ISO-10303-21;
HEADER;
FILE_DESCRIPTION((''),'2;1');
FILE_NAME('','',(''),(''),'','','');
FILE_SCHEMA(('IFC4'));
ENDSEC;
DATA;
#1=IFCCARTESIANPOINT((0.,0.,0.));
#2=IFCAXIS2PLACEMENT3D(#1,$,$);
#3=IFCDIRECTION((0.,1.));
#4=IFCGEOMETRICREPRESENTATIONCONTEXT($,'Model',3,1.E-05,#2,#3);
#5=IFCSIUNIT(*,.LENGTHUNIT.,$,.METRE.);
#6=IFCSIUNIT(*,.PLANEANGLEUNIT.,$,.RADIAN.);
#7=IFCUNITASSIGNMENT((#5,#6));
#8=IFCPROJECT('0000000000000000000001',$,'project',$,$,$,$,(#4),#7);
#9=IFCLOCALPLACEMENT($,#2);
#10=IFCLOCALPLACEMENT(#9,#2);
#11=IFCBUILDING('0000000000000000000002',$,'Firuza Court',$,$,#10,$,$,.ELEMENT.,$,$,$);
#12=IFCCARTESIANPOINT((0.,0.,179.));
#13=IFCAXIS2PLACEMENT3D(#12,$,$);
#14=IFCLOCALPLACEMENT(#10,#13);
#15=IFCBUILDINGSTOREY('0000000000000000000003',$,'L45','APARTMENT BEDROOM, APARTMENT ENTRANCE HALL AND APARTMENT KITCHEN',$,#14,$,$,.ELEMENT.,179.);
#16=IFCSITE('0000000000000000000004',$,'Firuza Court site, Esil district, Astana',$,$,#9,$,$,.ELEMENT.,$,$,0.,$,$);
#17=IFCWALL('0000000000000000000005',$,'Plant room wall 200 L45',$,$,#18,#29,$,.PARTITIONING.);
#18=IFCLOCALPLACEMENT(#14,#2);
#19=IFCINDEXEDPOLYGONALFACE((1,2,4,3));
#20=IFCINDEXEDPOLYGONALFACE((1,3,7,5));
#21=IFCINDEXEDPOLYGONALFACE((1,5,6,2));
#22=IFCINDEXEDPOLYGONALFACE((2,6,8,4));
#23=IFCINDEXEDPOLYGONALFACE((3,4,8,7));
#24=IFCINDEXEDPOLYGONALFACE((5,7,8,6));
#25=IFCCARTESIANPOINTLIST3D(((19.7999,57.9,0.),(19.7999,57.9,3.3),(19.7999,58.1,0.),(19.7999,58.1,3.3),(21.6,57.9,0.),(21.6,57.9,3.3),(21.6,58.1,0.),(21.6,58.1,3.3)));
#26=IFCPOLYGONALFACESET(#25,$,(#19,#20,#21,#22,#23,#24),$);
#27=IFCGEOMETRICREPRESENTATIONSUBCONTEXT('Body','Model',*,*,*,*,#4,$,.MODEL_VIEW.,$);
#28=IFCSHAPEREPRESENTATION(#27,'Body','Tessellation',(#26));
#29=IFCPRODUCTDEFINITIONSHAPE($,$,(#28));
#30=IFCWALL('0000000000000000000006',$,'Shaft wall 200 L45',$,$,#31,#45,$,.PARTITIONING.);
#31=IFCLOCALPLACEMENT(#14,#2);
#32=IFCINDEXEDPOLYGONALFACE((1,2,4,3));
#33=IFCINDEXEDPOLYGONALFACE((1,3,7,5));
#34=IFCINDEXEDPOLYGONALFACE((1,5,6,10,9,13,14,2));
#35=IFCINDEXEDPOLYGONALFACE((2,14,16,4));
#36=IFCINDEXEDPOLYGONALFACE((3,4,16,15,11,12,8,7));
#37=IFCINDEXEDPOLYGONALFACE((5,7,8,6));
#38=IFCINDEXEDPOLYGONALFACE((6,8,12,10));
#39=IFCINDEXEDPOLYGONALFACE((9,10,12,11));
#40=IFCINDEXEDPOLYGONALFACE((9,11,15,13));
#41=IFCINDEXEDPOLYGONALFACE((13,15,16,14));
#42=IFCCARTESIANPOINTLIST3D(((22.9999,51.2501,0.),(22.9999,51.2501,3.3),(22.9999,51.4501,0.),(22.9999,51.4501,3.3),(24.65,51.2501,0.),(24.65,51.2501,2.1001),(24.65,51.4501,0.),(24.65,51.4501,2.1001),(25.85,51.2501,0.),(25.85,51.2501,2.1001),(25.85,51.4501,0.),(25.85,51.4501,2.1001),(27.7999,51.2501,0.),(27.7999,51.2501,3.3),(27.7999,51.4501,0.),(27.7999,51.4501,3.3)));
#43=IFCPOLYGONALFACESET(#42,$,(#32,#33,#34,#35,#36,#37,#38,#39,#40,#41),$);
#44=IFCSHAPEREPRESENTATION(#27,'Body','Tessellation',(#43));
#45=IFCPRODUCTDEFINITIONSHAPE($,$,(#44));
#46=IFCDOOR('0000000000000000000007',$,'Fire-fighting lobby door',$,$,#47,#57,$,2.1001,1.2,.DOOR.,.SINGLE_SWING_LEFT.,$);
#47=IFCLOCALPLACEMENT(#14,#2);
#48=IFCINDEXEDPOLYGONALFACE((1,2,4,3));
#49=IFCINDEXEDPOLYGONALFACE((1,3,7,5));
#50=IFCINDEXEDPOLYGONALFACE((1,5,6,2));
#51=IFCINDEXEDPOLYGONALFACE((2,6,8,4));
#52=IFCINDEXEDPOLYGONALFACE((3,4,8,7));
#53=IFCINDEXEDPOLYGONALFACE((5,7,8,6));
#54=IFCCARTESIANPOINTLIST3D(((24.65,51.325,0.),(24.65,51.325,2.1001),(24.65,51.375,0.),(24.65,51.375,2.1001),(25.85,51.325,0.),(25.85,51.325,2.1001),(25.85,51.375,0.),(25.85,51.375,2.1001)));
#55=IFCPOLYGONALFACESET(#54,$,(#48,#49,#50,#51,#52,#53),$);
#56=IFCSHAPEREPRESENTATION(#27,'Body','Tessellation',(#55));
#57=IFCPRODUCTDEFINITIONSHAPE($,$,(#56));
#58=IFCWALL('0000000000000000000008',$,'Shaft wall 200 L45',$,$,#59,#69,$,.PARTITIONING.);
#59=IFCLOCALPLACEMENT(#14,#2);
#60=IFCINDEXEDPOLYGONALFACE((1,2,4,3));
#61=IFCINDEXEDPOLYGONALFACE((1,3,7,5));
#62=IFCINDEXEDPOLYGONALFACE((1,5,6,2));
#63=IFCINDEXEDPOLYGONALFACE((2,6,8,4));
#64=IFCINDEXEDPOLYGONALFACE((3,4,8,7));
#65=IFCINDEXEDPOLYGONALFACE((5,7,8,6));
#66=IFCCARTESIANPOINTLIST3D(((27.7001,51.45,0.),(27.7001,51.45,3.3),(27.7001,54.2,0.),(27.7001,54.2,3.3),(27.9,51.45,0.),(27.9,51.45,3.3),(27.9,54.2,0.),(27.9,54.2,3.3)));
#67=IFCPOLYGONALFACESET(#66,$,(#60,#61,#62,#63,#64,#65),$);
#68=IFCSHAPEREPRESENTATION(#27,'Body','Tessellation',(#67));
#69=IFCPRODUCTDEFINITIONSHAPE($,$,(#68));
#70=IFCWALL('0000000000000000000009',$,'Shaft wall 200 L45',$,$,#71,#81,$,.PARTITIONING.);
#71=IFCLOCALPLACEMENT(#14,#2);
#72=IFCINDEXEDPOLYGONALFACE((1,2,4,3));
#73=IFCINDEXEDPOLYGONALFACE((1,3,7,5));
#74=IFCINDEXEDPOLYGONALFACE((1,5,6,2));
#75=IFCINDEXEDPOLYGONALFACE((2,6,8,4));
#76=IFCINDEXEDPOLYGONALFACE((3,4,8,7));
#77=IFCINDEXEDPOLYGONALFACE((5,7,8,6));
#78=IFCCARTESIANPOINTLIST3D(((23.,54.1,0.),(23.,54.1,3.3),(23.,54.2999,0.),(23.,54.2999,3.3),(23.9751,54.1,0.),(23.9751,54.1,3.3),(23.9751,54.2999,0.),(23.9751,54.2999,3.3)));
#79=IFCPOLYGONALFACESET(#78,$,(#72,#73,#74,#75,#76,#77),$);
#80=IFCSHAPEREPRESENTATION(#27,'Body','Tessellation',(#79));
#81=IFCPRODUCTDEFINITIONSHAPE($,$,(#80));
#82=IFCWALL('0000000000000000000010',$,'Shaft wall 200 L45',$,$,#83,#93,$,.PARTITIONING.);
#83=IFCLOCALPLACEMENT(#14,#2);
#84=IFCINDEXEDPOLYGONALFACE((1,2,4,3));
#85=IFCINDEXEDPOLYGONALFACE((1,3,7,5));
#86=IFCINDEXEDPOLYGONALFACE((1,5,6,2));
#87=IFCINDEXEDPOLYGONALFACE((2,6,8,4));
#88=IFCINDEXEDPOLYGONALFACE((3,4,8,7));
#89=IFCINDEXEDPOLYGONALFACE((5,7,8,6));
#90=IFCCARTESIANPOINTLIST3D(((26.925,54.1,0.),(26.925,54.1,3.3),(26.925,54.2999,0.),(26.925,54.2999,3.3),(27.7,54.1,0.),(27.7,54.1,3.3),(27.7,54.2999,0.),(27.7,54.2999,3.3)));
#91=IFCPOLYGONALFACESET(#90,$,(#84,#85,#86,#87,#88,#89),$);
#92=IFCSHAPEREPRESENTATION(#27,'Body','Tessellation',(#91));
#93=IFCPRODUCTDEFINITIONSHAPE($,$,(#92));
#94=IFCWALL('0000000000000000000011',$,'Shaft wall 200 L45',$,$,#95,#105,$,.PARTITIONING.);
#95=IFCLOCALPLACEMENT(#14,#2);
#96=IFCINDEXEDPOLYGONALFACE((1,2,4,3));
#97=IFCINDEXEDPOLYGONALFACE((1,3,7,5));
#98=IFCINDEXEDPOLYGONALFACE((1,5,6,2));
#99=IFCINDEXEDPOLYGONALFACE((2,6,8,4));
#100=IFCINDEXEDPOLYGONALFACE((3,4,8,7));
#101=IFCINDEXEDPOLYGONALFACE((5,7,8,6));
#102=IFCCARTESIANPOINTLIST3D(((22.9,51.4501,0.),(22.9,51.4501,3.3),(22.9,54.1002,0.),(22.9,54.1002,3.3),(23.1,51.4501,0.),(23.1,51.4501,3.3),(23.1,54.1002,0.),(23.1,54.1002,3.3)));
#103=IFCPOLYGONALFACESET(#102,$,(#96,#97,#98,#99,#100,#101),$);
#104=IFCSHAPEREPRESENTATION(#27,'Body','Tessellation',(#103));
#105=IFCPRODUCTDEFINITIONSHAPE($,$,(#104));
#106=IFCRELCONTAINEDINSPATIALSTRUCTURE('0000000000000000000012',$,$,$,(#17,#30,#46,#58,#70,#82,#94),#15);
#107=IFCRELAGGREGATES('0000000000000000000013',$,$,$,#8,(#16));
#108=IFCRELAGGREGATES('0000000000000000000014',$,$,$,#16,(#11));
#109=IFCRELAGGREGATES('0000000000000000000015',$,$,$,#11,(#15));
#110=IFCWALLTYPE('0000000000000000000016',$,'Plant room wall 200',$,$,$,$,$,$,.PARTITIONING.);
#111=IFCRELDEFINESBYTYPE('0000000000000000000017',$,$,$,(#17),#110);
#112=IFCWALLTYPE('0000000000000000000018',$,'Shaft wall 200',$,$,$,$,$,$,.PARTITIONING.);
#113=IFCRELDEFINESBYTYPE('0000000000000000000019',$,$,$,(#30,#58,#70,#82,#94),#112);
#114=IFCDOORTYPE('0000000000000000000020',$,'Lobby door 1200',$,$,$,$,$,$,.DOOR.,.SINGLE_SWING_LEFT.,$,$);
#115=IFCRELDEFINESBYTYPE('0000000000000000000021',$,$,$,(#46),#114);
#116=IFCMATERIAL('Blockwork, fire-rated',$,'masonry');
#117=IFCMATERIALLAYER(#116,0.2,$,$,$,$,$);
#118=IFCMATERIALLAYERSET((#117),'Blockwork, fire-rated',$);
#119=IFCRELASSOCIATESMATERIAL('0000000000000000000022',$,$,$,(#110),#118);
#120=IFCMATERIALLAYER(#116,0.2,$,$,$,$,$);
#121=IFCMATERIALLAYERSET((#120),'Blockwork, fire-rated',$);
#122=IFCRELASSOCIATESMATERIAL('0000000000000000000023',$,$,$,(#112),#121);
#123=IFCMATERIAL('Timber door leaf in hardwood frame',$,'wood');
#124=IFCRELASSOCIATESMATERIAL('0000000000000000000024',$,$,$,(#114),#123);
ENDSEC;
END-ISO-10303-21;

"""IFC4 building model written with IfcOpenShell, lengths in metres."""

from ifc_helpers import new_model, si_unit, direction, frame, frame_2d, origin, place, context, subcontext, project, spatial, rectangle, extrude, material, layer, layer_set, type_object, element, fill, save


model = new_model("IFC4")

# Units and contexts
model_context = context("Model", 3, precision=1e-05, world=origin(), true_north=direction((0.0, 1.0)))
body_context = subcontext(model_context, "Body", "Model", "MODEL_VIEW")
ifc_project = project(units=[si_unit("LENGTHUNIT", "METRE"), si_unit("PLANEANGLEUNIT", "RADIAN")], contexts=[model_context])

# Site, building, storey
site_placement = place(None, origin())
site = spatial("IfcSite", under=ifc_project, at=site_placement, Name="Firuza Court site, Esil district, Astana", CompositionType="ELEMENT", RefElevation=0.0)
building_placement = place(site_placement, origin())
building = spatial("IfcBuilding", under=site, at=building_placement, Name="Firuza Court", CompositionType="ELEMENT")
storey_placement = place(building_placement, frame((0.0, 0.0, 179.0)))
storey = spatial("IfcBuildingStorey", under=building, at=storey_placement, Name="L45", Description="APARTMENT BEDROOM, APARTMENT ENTRANCE HALL AND APARTMENT KITCHEN", CompositionType="ELEMENT", Elevation=179.0)

# Shared definitions
ifc_material_1 = material(Name="Blockwork, fire-rated", Category="masonry")
ifc_layer_1 = layer(ifc_material_1, 0.2)
ifc_layer_set_1 = layer_set([ifc_layer_1], Name="Blockwork, fire-rated")
wall_type_1 = type_object("IfcWallType", Name="Plant room wall 200", PredefinedType="PARTITIONING", material=ifc_layer_set_1)

# Wall
wall_1_placement = place(storey_placement, frame((19.8, 58.0, 0.0), z_axis=(0.0, 0.0, 1.0), x_axis=(1.0, 0.0, 0.0)))
element("IfcWall", 1, at=wall_1_placement, inside=storey, type_object=wall_type_1, Name="Plant room wall 200 L45", PredefinedType="PARTITIONING", context=body_context, shape_type="SweptSolid", body=[
    extrude(rectangle(XDim=1.8, YDim=0.2, at=frame_2d((0.8999, 0.0))), origin(), (0.0, 0.0, 1.0), 3.3),
])

# Wall, opening, door
ifc_layer_2 = layer(ifc_material_1, 0.2)
ifc_layer_set_2 = layer_set([ifc_layer_2], Name="Blockwork, fire-rated")
wall_type_2 = type_object("IfcWallType", Name="Shaft wall 200", PredefinedType="PARTITIONING", material=ifc_layer_set_2)
wall_2_placement = place(storey_placement, frame((23.0, 51.3501, 0.0), z_axis=(0.0, 0.0, 1.0), x_axis=(1.0, 0.0, 0.0)))
wall_2 = element("IfcWall", 2, at=wall_2_placement, inside=storey, type_object=wall_type_2, Name="Shaft wall 200 L45", PredefinedType="PARTITIONING", context=body_context, shape_type="SweptSolid", body=[
    extrude(rectangle(XDim=4.8, YDim=0.2, at=frame_2d((2.3999, 0.0))), origin(), (0.0, 0.0, 1.0), 3.3),
])
opening_1_placement = place(wall_2_placement, frame((1.6499, 0.0, 0.0)))
opening_1 = element("IfcOpeningElement", 3, at=opening_1_placement, cuts=wall_2, PredefinedType="OPENING", context=body_context, shape_type="SweptSolid", body=[
    extrude(rectangle(XDim=1.2, YDim=2.1001, at=frame_2d((0.6001, 1.05))), frame((0.0, 0.1118, 0.0), z_axis=(0.0, -1.0, 0.0), x_axis=(1.0, 0.0, 0.0)), (0.0, 0.0, 1.0), 0.2239),
])
ifc_material_2 = material(Name="Timber door leaf in hardwood frame", Category="wood")
door_type_1 = type_object("IfcDoorType", Name="Lobby door 1200", OperationType="SINGLE_SWING_LEFT", PredefinedType="DOOR", material=ifc_material_2)
door_1_placement = place(opening_1_placement, origin())
door_1 = element("IfcDoor", 4, at=door_1_placement, inside=storey, type_object=door_type_1, Name="Fire-fighting lobby door", OperationType="SINGLE_SWING_LEFT", OverallHeight=2.1001, OverallWidth=1.2, PredefinedType="DOOR", context=body_context, shape_type="SweptSolid", body=[
    extrude(rectangle(XDim=1.2, YDim=2.1001, at=frame_2d((0.6001, 1.05))), frame((0.0, 0.0249, 0.0), z_axis=(0.0, -1.0, 0.0), x_axis=(1.0, 0.0, 0.0)), (0.0, 0.0, 1.0), 0.05),
])
fill(opening_1, door_1)

# Walls
wall_3_placement = place(storey_placement, frame((27.8, 51.45, 0.0), z_axis=(0.0, 0.0, 1.0), x_axis=(0.0, 1.0, 0.0)))
element("IfcWall", 5, at=wall_3_placement, inside=storey, type_object=wall_type_2, Name="Shaft wall 200 L45", PredefinedType="PARTITIONING", context=body_context, shape_type="SweptSolid", body=[
    extrude(rectangle(XDim=2.75, YDim=0.2, at=frame_2d((1.375, 0.0))), origin(), (0.0, 0.0, 1.0), 3.3),
])
wall_4_placement = place(storey_placement, frame((23.0, 54.2, 0.0), z_axis=(0.0, 0.0, 1.0), x_axis=(1.0, 0.0, 0.0)))
element("IfcWall", 6, at=wall_4_placement, inside=storey, type_object=wall_type_2, Name="Shaft wall 200 L45", PredefinedType="PARTITIONING", context=body_context, shape_type="SweptSolid", body=[
    extrude(rectangle(XDim=0.9751, YDim=0.2, at=frame_2d((0.4875, 0.0))), origin(), (0.0, 0.0, 1.0), 3.3),
])
wall_5_placement = place(storey_placement, frame((26.925, 54.2, 0.0), z_axis=(0.0, 0.0, 1.0), x_axis=(1.0, 0.0, 0.0)))
element("IfcWall", 7, at=wall_5_placement, inside=storey, type_object=wall_type_2, Name="Shaft wall 200 L45", PredefinedType="PARTITIONING", context=body_context, shape_type="SweptSolid", body=[
    extrude(rectangle(XDim=0.7749, YDim=0.2, at=frame_2d((0.3875, 0.0))), origin(), (0.0, 0.0, 1.0), 3.3),
])
wall_6_placement = place(storey_placement, frame((23.0, 51.45, 0.0), z_axis=(0.0, 0.0, 1.0), x_axis=(0.0, 1.0, 0.0)))
element("IfcWall", 8, at=wall_6_placement, inside=storey, type_object=wall_type_2, Name="Shaft wall 200 L45", PredefinedType="PARTITIONING", context=body_context, shape_type="SweptSolid", body=[
    extrude(rectangle(XDim=2.6501, YDim=0.2, at=frame_2d((1.3252, 0.0))), origin(), (0.0, 0.0, 1.0), 3.3),
])

save(model, "model.ifc")
